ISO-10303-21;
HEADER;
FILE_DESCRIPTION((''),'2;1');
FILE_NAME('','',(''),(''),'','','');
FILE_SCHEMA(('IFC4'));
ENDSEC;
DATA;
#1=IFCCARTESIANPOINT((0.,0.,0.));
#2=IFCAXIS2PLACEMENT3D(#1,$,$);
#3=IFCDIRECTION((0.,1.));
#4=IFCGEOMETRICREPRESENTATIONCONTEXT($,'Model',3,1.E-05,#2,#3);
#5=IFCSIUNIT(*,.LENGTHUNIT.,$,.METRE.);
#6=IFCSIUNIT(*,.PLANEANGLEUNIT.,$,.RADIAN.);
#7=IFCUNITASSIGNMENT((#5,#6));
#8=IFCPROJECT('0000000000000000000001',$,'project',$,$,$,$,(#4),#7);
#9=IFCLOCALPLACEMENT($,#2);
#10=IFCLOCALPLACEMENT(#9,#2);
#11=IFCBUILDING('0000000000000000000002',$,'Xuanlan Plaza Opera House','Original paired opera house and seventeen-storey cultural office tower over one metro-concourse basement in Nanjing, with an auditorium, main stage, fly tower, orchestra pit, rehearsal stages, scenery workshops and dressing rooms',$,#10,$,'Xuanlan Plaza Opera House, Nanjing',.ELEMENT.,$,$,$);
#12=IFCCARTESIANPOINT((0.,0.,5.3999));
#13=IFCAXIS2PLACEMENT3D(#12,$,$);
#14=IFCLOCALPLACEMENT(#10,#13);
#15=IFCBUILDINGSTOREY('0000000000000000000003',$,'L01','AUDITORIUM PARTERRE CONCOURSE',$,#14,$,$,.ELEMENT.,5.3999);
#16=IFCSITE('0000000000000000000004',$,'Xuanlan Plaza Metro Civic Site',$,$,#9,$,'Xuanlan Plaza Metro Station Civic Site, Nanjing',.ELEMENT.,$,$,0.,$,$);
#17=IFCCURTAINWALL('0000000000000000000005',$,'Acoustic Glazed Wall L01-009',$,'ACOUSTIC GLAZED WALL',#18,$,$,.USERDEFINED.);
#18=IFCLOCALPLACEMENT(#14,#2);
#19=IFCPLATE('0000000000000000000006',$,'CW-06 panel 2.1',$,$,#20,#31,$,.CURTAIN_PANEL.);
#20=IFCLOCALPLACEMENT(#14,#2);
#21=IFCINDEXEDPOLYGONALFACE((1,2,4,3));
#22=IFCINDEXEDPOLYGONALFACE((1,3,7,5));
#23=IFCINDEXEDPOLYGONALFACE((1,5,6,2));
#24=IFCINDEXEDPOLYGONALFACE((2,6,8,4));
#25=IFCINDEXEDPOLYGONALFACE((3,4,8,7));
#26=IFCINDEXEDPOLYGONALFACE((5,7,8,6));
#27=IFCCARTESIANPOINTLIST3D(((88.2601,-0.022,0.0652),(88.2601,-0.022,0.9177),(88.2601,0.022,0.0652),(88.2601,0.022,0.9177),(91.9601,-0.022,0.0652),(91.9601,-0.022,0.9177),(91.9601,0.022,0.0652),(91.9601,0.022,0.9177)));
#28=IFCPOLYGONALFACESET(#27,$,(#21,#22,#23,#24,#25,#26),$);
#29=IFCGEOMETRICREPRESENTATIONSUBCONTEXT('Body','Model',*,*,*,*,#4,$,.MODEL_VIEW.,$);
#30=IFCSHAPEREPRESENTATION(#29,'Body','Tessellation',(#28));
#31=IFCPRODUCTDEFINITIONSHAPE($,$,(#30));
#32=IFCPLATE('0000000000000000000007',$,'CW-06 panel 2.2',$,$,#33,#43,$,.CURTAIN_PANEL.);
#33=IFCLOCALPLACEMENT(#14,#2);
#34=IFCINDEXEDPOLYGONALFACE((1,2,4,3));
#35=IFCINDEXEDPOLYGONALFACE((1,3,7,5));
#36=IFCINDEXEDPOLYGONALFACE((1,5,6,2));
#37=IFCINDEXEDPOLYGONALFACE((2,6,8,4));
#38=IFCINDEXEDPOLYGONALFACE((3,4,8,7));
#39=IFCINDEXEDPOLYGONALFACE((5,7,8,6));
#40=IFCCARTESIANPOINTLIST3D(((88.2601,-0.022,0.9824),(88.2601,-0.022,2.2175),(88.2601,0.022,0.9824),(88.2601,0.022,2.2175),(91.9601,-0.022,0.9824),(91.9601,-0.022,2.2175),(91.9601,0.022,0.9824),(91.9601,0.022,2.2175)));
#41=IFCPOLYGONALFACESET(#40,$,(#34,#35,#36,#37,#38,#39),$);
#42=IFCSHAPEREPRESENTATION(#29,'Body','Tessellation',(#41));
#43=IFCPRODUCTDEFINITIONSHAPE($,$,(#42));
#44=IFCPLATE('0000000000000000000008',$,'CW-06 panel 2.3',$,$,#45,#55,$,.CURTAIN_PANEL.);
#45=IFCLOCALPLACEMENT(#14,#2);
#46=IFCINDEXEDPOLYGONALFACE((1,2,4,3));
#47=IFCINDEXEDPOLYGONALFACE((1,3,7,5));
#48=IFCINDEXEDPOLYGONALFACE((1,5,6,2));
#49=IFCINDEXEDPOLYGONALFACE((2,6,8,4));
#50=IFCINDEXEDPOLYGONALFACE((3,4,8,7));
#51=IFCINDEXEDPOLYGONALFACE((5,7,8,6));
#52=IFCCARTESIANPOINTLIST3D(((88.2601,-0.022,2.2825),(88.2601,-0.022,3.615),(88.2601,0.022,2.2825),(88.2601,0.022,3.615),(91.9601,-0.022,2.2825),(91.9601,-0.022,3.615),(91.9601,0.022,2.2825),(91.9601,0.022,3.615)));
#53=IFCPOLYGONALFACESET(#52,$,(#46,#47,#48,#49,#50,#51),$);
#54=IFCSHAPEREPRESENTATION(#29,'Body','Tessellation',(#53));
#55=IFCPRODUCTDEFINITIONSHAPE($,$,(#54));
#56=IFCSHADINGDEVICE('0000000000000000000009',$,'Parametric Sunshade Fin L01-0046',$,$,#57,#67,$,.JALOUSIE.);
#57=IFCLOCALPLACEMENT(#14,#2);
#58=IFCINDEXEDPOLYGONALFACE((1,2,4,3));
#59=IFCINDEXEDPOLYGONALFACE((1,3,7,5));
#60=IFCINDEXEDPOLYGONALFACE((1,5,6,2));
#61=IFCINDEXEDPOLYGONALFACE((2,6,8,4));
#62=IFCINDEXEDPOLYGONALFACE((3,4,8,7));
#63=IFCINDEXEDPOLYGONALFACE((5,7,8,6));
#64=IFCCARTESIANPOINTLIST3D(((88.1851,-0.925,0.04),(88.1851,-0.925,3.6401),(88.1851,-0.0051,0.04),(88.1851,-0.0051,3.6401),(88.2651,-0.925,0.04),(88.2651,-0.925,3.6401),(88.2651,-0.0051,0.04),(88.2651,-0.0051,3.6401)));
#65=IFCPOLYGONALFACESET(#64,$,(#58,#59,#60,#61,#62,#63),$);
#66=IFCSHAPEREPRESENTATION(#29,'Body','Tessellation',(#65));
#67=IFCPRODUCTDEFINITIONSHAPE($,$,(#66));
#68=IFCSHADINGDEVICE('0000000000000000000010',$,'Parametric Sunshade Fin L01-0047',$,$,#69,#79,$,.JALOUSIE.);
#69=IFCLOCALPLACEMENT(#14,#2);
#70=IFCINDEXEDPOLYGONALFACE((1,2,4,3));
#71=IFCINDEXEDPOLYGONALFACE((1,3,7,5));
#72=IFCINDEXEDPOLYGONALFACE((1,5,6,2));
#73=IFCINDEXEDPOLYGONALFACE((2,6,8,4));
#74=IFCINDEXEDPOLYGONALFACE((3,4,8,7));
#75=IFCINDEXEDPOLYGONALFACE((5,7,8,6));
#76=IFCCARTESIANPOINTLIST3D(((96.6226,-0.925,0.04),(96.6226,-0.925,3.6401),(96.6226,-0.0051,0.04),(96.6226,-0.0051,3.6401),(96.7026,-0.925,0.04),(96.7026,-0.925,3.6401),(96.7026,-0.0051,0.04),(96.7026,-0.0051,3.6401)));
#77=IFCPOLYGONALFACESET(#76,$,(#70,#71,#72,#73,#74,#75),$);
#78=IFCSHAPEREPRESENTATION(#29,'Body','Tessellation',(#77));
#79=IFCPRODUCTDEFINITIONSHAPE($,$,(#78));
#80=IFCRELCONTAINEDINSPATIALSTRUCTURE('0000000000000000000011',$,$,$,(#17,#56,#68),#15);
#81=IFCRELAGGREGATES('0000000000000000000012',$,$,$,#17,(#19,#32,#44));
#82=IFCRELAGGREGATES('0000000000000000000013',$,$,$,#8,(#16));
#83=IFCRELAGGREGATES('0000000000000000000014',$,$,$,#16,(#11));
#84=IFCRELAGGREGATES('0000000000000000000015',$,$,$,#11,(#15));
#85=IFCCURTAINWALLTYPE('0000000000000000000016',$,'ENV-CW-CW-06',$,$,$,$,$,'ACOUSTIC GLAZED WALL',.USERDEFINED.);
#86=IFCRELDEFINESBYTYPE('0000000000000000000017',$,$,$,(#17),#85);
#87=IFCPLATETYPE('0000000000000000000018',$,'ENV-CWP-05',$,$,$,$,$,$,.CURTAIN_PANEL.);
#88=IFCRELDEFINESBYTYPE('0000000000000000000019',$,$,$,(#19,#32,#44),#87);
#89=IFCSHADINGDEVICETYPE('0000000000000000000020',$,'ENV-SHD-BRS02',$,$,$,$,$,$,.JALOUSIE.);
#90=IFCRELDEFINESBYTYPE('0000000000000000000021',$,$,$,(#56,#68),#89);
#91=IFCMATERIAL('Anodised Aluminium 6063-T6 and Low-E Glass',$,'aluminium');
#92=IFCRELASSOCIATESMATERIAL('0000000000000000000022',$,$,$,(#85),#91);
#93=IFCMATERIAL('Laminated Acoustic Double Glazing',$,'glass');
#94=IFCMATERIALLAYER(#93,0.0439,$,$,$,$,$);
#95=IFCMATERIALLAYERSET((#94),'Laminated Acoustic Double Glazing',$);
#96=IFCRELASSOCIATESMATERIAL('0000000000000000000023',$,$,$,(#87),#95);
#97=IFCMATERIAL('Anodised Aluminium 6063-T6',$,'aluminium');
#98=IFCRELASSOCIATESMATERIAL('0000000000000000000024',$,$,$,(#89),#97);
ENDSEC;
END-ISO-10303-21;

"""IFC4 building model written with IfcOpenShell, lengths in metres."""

from ifc_helpers import new_model, si_unit, direction, frame, origin, origin_2d, place, context, subcontext, project, spatial, rectangle, extrude, material, layer, layer_set, type_object, element, aggregate, save


model = new_model("IFC4")

# Units and contexts
model_context = context("Model", 3, precision=1e-05, world=origin(), true_north=direction((0.0, 1.0)))
body_context = subcontext(model_context, "Body", "Model", "MODEL_VIEW")
ifc_project = project(units=[si_unit("LENGTHUNIT", "METRE"), si_unit("PLANEANGLEUNIT", "RADIAN")], contexts=[model_context])

# Site, building, storey
site_placement = place(None, origin())
site = spatial("IfcSite", under=ifc_project, at=site_placement, Name="Xuanlan Plaza Metro Civic Site", LongName="Xuanlan Plaza Metro Station Civic Site, Nanjing", CompositionType="ELEMENT", RefElevation=0.0)
building_placement = place(site_placement, origin())
building = spatial("IfcBuilding", under=site, at=building_placement, Name="Xuanlan Plaza Opera House", Description="Original paired opera house and seventeen-storey cultural office tower over one metro-concourse basement in Nanjing, with an auditorium, main stage, fly tower, orchestra pit, rehearsal stages, scenery workshops and dressing rooms", LongName="Xuanlan Plaza Opera House, Nanjing", CompositionType="ELEMENT")
storey_placement = place(building_placement, frame((0.0, 0.0, 5.3999)))
storey = spatial("IfcBuildingStorey", under=building, at=storey_placement, Name="L01", Description="AUDITORIUM PARTERRE CONCOURSE", CompositionType="ELEMENT", Elevation=5.3999)

# Shared definitions
ifc_material_1 = material(Name="Anodised Aluminium 6063-T6 and Low-E Glass", Category="aluminium")
ifc_material_2 = material(Name="Anodised Aluminium 6063-T6", Category="aluminium")

# Curtain wall
curtain_wall_type_1 = type_object("IfcCurtainWallType", Name="ENV-CW-CW-06", ElementType="ACOUSTIC GLAZED WALL", PredefinedType="USERDEFINED", material=ifc_material_1)
curtain_wall_1_placement = place(storey_placement, origin())
curtain_wall_1 = element("IfcCurtainWall", 1, at=curtain_wall_1_placement, inside=storey, type_object=curtain_wall_type_1, Name="Acoustic Glazed Wall L01-009", ObjectType="ACOUSTIC GLAZED WALL", PredefinedType="USERDEFINED")

# Plates
ifc_material_3 = material(Name="Laminated Acoustic Double Glazing", Category="glass")
ifc_layer_1 = layer(ifc_material_3, 0.0439)
ifc_layer_set_1 = layer_set([ifc_layer_1], Name="Laminated Acoustic Double Glazing")
plate_type_1 = type_object("IfcPlateType", Name="ENV-CWP-05", PredefinedType="CURTAIN_PANEL", material=ifc_layer_set_1)
plate_1_placement = place(storey_placement, frame((90.1101, 0.0, 0.0652), z_axis=(0.0, 0.0, 1.0), x_axis=(1.0, 0.0, 0.0)))
plate_1 = element("IfcPlate", 2, at=plate_1_placement, type_object=plate_type_1, Name="CW-06 panel 2.1", PredefinedType="CURTAIN_PANEL", context=body_context, shape_type="SweptSolid", body=[
    extrude(rectangle(XDim=3.7, YDim=0.0439, at=origin_2d()), origin(), (0.0, 0.0, 1.0), 0.8525),
])
plate_2_placement = place(storey_placement, frame((90.1101, 0.0, 0.9824), z_axis=(0.0, 0.0, 1.0), x_axis=(1.0, 0.0, 0.0)))
plate_2 = element("IfcPlate", 3, at=plate_2_placement, type_object=plate_type_1, Name="CW-06 panel 2.2", PredefinedType="CURTAIN_PANEL", context=body_context, shape_type="SweptSolid", body=[
    extrude(rectangle(XDim=3.7, YDim=0.0439, at=origin_2d()), origin(), (0.0, 0.0, 1.0), 1.2351),
])
plate_3_placement = place(storey_placement, frame((90.1101, 0.0, 2.2825), z_axis=(0.0, 0.0, 1.0), x_axis=(1.0, 0.0, 0.0)))
plate_3 = element("IfcPlate", 4, at=plate_3_placement, type_object=plate_type_1, Name="CW-06 panel 2.3", PredefinedType="CURTAIN_PANEL", context=body_context, shape_type="SweptSolid", body=[
    extrude(rectangle(XDim=3.7, YDim=0.0439, at=origin_2d()), origin(), (0.0, 0.0, 1.0), 1.3325),
])
aggregate(curtain_wall_1, [plate_1, plate_2, plate_3])

# Shading devices
shading_device_type = type_object("IfcShadingDeviceType", Name="ENV-SHD-BRS02", PredefinedType="JALOUSIE", material=ifc_material_2)
for number, where, z_axis, x_axis, name in (
    (5, (88.2251, -0.4651, 0.04), (0.0, 0.0, 1.0), (0.0, -1.0, 0.0), "Parametric Sunshade Fin L01-0046"),
    (6, (96.6626, -0.4651, 0.04), (0.0, 0.0, 1.0), (0.0, -1.0, 0.0), "Parametric Sunshade Fin L01-0047"),
):
    element("IfcShadingDevice", number, at=place(storey_placement, frame(where, z_axis=z_axis, x_axis=x_axis)), inside=storey, type_object=shading_device_type, Name=name, PredefinedType="JALOUSIE", context=body_context, shape_type="SweptSolid", body=[
        extrude(rectangle(XDim=0.9199, YDim=0.0801, at=origin_2d()), origin(), (0.0, 0.0, 1.0), 3.6001),
    ])

save(model, "model.ifc")
